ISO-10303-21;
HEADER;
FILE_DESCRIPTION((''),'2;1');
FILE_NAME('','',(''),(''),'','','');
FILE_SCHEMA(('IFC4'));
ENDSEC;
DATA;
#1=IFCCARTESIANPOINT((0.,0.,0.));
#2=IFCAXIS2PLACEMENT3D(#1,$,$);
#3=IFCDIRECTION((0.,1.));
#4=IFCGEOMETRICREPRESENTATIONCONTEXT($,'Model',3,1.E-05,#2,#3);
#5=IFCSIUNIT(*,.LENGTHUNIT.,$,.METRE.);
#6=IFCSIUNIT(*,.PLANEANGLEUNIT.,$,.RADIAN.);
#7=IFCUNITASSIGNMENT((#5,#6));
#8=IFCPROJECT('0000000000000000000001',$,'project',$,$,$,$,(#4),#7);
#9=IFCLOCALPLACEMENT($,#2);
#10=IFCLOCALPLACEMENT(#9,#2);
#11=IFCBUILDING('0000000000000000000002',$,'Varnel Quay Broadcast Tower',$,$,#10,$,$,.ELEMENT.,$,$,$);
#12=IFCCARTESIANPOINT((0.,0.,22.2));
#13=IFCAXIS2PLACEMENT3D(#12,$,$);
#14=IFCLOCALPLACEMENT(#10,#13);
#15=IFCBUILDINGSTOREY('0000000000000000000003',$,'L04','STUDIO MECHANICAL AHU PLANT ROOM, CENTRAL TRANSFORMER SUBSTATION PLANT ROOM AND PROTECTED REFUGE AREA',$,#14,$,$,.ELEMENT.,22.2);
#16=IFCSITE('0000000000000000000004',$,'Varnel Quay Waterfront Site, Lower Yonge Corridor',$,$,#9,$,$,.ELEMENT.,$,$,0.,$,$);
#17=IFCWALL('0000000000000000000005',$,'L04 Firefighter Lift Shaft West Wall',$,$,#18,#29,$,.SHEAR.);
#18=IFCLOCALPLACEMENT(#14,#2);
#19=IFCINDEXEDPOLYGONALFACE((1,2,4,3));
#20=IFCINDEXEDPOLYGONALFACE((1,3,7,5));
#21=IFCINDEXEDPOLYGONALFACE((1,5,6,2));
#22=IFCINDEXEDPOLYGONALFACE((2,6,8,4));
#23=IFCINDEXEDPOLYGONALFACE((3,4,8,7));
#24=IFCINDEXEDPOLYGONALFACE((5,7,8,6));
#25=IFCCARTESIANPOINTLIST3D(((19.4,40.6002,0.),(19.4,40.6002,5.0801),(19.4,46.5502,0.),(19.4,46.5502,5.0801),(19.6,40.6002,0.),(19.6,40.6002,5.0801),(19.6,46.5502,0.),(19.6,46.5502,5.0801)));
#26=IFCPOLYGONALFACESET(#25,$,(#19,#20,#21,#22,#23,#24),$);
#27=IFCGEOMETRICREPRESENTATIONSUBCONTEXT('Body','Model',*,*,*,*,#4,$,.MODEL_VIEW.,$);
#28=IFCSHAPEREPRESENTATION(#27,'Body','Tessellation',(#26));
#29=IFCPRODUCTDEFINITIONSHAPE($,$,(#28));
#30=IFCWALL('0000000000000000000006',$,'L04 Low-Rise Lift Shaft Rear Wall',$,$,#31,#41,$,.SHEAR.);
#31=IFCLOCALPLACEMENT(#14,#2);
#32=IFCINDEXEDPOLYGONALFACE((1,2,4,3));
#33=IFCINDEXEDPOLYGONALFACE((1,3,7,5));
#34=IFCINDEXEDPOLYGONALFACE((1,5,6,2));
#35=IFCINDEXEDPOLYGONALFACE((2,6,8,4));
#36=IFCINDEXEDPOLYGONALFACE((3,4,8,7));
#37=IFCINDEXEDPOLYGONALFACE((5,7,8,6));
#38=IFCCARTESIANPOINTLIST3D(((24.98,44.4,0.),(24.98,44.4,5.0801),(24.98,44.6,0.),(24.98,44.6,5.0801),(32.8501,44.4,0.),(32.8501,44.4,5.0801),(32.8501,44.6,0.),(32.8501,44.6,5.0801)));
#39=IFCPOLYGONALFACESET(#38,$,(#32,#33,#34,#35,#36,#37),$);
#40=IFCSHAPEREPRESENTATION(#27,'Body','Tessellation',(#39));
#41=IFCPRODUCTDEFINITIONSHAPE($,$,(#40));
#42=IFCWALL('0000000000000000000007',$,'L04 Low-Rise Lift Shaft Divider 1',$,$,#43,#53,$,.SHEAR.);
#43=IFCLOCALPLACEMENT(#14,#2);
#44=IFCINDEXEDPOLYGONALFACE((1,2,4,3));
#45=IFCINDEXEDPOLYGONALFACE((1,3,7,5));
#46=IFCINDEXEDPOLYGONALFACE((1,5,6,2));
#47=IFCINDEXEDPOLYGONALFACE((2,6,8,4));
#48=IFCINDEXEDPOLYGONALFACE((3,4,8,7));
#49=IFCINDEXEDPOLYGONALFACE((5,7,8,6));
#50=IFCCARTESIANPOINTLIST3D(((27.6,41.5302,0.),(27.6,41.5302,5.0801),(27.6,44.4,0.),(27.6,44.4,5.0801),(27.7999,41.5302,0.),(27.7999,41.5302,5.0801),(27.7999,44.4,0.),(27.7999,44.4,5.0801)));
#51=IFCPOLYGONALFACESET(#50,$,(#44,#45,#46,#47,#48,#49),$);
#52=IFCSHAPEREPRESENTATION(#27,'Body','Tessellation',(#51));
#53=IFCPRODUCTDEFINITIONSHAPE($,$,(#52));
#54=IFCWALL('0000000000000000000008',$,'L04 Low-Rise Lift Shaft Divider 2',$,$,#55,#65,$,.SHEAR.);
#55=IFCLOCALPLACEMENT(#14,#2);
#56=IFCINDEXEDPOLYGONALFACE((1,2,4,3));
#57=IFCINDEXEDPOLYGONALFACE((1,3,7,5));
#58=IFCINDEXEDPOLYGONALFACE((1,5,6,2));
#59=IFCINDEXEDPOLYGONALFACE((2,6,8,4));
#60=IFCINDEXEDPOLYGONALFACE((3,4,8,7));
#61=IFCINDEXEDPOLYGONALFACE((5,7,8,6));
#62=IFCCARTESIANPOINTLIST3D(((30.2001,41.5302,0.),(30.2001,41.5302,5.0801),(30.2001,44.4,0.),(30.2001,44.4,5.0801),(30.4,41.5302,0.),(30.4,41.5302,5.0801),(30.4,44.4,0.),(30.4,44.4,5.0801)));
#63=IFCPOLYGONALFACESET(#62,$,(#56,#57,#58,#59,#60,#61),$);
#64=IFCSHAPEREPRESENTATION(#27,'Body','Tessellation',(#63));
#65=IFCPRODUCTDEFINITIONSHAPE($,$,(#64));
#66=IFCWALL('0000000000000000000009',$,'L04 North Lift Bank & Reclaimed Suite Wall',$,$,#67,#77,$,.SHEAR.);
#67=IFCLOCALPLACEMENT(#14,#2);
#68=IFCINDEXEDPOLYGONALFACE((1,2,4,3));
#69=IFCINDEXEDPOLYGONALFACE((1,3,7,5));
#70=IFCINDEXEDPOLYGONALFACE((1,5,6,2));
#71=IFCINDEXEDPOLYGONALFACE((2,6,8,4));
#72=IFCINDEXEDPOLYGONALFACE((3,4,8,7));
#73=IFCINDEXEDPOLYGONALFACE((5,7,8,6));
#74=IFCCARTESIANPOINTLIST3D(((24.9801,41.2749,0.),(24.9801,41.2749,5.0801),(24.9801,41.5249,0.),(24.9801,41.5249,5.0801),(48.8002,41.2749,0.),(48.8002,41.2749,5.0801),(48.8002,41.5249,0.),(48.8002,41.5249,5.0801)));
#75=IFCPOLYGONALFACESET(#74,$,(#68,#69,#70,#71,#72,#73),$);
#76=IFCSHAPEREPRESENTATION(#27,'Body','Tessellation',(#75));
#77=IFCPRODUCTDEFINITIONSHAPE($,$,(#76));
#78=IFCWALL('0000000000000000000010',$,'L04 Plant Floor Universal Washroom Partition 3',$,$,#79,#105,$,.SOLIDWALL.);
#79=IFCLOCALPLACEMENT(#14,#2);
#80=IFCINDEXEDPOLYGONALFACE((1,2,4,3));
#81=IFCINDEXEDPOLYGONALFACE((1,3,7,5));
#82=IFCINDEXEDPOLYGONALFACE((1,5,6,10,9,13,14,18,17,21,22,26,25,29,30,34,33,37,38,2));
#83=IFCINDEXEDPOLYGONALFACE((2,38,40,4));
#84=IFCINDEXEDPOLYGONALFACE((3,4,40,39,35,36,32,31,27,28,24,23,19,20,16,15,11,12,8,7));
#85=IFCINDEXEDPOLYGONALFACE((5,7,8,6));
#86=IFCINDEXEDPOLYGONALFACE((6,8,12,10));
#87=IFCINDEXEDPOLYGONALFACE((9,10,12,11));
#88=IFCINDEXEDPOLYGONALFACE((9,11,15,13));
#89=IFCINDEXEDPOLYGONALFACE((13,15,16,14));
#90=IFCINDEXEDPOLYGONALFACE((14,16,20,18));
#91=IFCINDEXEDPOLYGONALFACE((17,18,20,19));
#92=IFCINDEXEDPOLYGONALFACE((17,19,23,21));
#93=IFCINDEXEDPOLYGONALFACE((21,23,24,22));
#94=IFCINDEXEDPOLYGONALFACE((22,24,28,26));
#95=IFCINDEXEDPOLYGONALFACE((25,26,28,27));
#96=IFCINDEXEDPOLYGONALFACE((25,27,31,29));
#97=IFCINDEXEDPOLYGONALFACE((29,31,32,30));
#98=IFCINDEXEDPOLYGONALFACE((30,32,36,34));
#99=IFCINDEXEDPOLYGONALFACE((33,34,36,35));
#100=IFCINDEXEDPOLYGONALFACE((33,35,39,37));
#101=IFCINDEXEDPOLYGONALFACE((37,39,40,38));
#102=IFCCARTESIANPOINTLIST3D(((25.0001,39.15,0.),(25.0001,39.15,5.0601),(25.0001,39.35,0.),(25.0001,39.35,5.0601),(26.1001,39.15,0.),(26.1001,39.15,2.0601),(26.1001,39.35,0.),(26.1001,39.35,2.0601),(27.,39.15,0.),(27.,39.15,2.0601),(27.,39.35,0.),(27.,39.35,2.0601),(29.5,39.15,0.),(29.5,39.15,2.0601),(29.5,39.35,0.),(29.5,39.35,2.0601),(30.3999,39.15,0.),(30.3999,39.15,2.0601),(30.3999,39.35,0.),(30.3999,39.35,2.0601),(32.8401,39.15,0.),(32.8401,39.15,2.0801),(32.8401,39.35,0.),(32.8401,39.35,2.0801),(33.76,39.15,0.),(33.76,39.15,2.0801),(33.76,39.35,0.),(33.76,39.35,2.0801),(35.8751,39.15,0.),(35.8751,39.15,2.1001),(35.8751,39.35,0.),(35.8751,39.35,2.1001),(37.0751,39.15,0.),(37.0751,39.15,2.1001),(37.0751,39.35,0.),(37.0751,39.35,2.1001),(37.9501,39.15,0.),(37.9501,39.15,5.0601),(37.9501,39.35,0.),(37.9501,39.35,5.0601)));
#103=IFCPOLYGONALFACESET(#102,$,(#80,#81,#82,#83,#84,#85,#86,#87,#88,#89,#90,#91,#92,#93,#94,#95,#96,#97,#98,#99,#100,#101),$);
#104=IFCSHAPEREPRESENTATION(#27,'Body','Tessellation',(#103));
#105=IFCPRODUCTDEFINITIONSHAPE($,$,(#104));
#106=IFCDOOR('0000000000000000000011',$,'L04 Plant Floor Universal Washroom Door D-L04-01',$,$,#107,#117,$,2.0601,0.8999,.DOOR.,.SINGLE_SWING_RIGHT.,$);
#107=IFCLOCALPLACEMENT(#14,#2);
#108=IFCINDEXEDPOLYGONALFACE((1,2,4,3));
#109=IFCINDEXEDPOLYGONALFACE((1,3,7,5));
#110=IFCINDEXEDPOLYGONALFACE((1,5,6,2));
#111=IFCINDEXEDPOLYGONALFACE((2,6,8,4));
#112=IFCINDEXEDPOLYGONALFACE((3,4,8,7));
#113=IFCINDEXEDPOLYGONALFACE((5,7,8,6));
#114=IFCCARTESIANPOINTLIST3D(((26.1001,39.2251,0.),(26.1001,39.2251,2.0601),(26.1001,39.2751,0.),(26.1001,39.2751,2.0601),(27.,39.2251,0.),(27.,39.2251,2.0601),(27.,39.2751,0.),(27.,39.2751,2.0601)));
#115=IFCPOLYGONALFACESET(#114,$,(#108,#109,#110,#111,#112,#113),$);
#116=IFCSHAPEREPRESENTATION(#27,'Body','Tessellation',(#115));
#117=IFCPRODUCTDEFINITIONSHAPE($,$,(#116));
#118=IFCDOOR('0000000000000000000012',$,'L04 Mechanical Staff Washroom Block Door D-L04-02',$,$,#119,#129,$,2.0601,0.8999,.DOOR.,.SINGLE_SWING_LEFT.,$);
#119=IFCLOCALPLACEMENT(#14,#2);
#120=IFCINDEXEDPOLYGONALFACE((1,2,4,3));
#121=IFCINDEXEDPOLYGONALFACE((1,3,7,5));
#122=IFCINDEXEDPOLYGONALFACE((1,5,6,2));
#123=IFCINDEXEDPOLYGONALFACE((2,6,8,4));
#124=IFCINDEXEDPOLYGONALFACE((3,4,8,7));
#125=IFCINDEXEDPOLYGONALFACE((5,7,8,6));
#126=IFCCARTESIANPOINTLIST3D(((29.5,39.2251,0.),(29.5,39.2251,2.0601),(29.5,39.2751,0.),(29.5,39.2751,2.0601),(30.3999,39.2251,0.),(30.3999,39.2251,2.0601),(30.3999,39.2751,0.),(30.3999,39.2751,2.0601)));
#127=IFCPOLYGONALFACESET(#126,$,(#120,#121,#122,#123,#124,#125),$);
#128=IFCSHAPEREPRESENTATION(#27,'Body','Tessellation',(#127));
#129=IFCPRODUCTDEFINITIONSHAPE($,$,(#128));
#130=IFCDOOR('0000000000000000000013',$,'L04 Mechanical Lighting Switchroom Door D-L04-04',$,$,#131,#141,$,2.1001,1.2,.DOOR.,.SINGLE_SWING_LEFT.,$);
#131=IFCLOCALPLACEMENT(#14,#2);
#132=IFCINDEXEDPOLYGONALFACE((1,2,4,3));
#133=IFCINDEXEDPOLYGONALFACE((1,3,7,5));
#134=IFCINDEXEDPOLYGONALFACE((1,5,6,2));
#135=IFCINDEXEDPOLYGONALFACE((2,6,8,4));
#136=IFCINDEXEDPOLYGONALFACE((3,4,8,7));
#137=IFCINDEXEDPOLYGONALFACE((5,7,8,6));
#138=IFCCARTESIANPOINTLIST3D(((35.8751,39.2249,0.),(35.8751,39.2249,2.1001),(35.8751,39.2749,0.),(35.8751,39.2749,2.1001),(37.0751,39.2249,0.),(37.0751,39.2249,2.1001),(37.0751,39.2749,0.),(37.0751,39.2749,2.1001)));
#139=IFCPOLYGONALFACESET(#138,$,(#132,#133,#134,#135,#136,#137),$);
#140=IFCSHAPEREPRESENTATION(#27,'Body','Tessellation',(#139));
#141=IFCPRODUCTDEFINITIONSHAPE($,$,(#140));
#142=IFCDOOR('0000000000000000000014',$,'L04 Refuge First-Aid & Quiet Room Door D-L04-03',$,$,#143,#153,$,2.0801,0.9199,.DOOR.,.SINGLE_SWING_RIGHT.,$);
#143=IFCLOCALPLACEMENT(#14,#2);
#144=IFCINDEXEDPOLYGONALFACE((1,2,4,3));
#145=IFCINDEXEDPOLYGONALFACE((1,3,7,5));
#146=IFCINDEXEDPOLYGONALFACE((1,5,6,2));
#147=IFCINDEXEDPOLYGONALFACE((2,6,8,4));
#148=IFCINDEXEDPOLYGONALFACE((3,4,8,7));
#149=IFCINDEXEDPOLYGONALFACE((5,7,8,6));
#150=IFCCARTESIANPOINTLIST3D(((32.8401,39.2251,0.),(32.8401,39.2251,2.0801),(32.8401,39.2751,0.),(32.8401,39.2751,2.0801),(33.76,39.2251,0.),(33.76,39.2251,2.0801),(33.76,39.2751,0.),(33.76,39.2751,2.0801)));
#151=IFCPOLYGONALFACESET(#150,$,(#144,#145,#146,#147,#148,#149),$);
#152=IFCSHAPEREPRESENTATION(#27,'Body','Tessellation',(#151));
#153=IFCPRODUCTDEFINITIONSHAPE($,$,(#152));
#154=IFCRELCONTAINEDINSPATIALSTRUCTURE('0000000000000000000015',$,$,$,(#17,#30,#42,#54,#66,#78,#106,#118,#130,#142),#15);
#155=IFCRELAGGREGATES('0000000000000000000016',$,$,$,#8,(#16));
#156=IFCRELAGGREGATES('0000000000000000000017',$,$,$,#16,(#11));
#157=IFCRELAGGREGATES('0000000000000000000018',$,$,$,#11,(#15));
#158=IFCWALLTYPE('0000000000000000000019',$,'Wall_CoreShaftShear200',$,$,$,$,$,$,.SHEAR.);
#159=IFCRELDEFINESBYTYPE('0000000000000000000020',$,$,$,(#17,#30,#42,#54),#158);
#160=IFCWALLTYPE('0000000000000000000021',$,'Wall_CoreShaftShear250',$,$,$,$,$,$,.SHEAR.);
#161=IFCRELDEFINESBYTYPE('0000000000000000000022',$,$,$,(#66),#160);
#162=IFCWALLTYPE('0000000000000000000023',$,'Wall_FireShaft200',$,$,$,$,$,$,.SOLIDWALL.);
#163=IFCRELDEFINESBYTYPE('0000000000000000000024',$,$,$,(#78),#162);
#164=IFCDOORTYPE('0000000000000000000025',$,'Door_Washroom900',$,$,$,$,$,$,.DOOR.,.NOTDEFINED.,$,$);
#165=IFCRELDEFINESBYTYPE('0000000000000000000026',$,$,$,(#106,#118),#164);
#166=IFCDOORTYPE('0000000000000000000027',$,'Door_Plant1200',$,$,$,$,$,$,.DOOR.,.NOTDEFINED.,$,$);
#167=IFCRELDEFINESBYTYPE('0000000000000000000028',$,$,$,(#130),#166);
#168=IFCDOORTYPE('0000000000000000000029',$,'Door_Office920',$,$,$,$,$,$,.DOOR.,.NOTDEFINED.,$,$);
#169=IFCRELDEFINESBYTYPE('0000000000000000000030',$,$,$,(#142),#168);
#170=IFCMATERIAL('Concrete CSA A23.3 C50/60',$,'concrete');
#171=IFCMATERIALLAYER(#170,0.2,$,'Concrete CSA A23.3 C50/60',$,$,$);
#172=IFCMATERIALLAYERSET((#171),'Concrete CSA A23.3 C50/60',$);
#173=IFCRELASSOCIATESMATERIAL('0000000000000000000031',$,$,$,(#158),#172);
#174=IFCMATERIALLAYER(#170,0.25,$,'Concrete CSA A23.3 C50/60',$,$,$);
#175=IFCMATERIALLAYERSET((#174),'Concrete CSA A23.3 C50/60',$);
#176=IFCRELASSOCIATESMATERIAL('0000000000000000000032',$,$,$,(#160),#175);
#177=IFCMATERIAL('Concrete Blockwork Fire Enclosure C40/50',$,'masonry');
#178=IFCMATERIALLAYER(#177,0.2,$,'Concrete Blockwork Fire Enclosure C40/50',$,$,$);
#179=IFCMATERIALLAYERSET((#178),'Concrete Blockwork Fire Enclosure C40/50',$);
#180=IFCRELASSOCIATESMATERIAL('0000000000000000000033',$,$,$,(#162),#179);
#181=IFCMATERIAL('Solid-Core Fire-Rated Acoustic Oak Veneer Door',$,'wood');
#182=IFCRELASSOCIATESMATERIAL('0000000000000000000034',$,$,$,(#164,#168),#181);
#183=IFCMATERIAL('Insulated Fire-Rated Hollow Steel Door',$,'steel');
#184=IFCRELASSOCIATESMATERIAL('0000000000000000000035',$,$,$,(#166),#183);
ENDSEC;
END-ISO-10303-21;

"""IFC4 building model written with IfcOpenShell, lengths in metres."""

from ifc_helpers import new_model, si_unit, direction, frame, frame_2d, origin, place, context, subcontext, project, spatial, rectangle, extrude, source, transform, mapped, material, layer, layer_set, type_object, type_shapes, element, fill, save


model = new_model("IFC4")

# Units and contexts
model_context = context("Model", 3, precision=1e-05, world=origin(), true_north=direction((0.0, 1.0)))
body_context = subcontext(model_context, "Body", "Model", "MODEL_VIEW")
ifc_project = project(units=[si_unit("LENGTHUNIT", "METRE"), si_unit("PLANEANGLEUNIT", "RADIAN")], contexts=[model_context])

# Site, building, storey
site_placement = place(None, origin())
site = spatial("IfcSite", under=ifc_project, at=site_placement, Name="Varnel Quay Waterfront Site, Lower Yonge Corridor", CompositionType="ELEMENT", RefElevation=0.0)
building_placement = place(site_placement, origin())
building = spatial("IfcBuilding", under=site, at=building_placement, Name="Varnel Quay Broadcast Tower", CompositionType="ELEMENT")
storey_placement = place(building_placement, frame((0.0, 0.0, 22.2)))
storey = spatial("IfcBuildingStorey", under=building, at=storey_placement, Name="L04", Description="STUDIO MECHANICAL AHU PLANT ROOM, CENTRAL TRANSFORMER SUBSTATION PLANT ROOM AND PROTECTED REFUGE AREA", CompositionType="ELEMENT", Elevation=22.2)

# Shared definitions
ifc_material_1 = material(Name="Concrete CSA A23.3 C50/60", Category="concrete")
ifc_layer_1 = layer(ifc_material_1, 0.2, Name="Concrete CSA A23.3 C50/60")
ifc_layer_set_1 = layer_set([ifc_layer_1], Name="Concrete CSA A23.3 C50/60")
wall_type_1 = type_object("IfcWallType", Name="Wall_CoreShaftShear200", PredefinedType="SHEAR", material=ifc_layer_set_1)

# Walls
wall_1_placement = place(storey_placement, frame((19.5, 40.6001, 0.0), z_axis=(0.0, 0.0, 1.0), x_axis=(0.0, 1.0, 0.0)))
element("IfcWall", 1, at=wall_1_placement, inside=storey, type_object=wall_type_1, Name="L04 Firefighter Lift Shaft West Wall", PredefinedType="SHEAR", context=body_context, shape_type="SweptSolid", body=[
    extrude(rectangle(XDim=5.95, YDim=0.2, at=frame_2d((2.9751, 0.0))), origin(), (0.0, 0.0, 1.0), 5.0801),
])
wall_2_placement = place(storey_placement, frame((24.98, 44.5, 0.0), z_axis=(0.0, 0.0, 1.0), x_axis=(1.0, 0.0, 0.0)))
element("IfcWall", 2, at=wall_2_placement, inside=storey, type_object=wall_type_1, Name="L04 Low-Rise Lift Shaft Rear Wall", PredefinedType="SHEAR", context=body_context, shape_type="SweptSolid", body=[
    extrude(rectangle(XDim=7.8701, YDim=0.2, at=frame_2d((3.9351, 0.0))), origin(), (0.0, 0.0, 1.0), 5.0801),
])
for number, where, z_axis, x_axis, name in (
    (3, (27.7, 41.53, 0.0), (0.0, 0.0, 1.0), (0.0, 1.0, 0.0), "L04 Low-Rise Lift Shaft Divider 1"),
    (4, (30.3, 41.53, 0.0), (0.0, 0.0, 1.0), (0.0, 1.0, 0.0), "L04 Low-Rise Lift Shaft Divider 2"),
):
    element("IfcWall", number, at=place(storey_placement, frame(where, z_axis=z_axis, x_axis=x_axis)), inside=storey, type_object=wall_type_1, Name=name, PredefinedType="SHEAR", context=body_context, shape_type="SweptSolid", body=[
        extrude(rectangle(XDim=2.8699, YDim=0.2, at=frame_2d((1.4351, 0.0))), origin(), (0.0, 0.0, 1.0), 5.0801),
    ])
ifc_layer_2 = layer(ifc_material_1, 0.25, Name="Concrete CSA A23.3 C50/60")
ifc_layer_set_2 = layer_set([ifc_layer_2], Name="Concrete CSA A23.3 C50/60")
wall_type_2 = type_object("IfcWallType", Name="Wall_CoreShaftShear250", PredefinedType="SHEAR", material=ifc_layer_set_2)
wall_3_placement = place(storey_placement, frame((24.98, 41.3999, 0.0), z_axis=(0.0, 0.0, 1.0), x_axis=(1.0, 0.0, 0.0)))
element("IfcWall", 5, at=wall_3_placement, inside=storey, type_object=wall_type_2, Name="L04 North Lift Bank & Reclaimed Suite Wall", PredefinedType="SHEAR", context=body_context, shape_type="SweptSolid", body=[
    extrude(rectangle(XDim=23.8201, YDim=0.25, at=frame_2d((11.9102, 0.0))), origin(), (0.0, 0.0, 1.0), 5.0801),
])

# Wall, openings, doors
ifc_material_2 = material(Name="Concrete Blockwork Fire Enclosure C40/50", Category="masonry")
ifc_layer_3 = layer(ifc_material_2, 0.2, Name="Concrete Blockwork Fire Enclosure C40/50")
ifc_layer_set_3 = layer_set([ifc_layer_3], Name="Concrete Blockwork Fire Enclosure C40/50")
wall_type_3 = type_object("IfcWallType", Name="Wall_FireShaft200", PredefinedType="SOLIDWALL", material=ifc_layer_set_3)
wall_4_placement = place(storey_placement, frame((25.0, 39.25, 0.0), z_axis=(0.0, 0.0, 1.0), x_axis=(1.0, 0.0, 0.0)))
wall_4 = element("IfcWall", 6, at=wall_4_placement, inside=storey, type_object=wall_type_3, Name="L04 Plant Floor Universal Washroom Partition 3", PredefinedType="SOLIDWALL", context=body_context, shape_type="SweptSolid", body=[
    extrude(rectangle(XDim=12.95, YDim=0.2, at=frame_2d((6.4751, 0.0))), origin(), (0.0, 0.0, 1.0), 5.0601),
])
opening_1_placement = place(wall_4_placement, frame((1.1001, 0.0, 0.0)))
opening_1 = element("IfcOpeningElement", 7, at=opening_1_placement, cuts=wall_4, PredefinedType="OPENING", context=body_context, shape_type="SweptSolid", body=[
    extrude(rectangle(XDim=0.8999, YDim=2.0601, at=frame_2d((0.45, 1.03))), frame((0.0, 0.1099, 0.0), z_axis=(0.0, -1.0, 0.0), x_axis=(1.0, 0.0, 0.0)), (0.0, 0.0, 1.0), 0.22),
])
opening_2_placement = place(wall_4_placement, frame((4.5, 0.0, 0.0)))
opening_2 = element("IfcOpeningElement", 8, at=opening_2_placement, cuts=wall_4, PredefinedType="OPENING", context=body_context, shape_type="SweptSolid", body=[
    extrude(rectangle(XDim=0.8999, YDim=2.0601, at=frame_2d((0.45, 1.03))), frame((0.0, 0.1099, 0.0), z_axis=(0.0, -1.0, 0.0), x_axis=(1.0, 0.0, 0.0)), (0.0, 0.0, 1.0), 0.22),
])
opening_3_placement = place(wall_4_placement, frame((7.8401, 0.0, 0.0)))
opening_3 = element("IfcOpeningElement", 9, at=opening_3_placement, cuts=wall_4, PredefinedType="OPENING", context=body_context, shape_type="SweptSolid", body=[
    extrude(rectangle(XDim=0.9199, YDim=2.0801, at=frame_2d((0.46, 1.04))), frame((0.0, 0.1099, 0.0), z_axis=(0.0, -1.0, 0.0), x_axis=(1.0, 0.0, 0.0)), (0.0, 0.0, 1.0), 0.22),
])
opening_4_placement = place(wall_4_placement, frame((10.875, 0.0, 0.0)))
opening_4 = element("IfcOpeningElement", 10, at=opening_4_placement, cuts=wall_4, PredefinedType="OPENING", context=body_context, shape_type="SweptSolid", body=[
    extrude(rectangle(XDim=1.2, YDim=2.1001, at=frame_2d((0.6001, 1.05))), frame((0.0, 0.1099, 0.0), z_axis=(0.0, -1.0, 0.0), x_axis=(1.0, 0.0, 0.0)), (0.0, 0.0, 1.0), 0.22),
])
ifc_material_3 = material(Name="Solid-Core Fire-Rated Acoustic Oak Veneer Door", Category="wood")
door_type_1 = type_object("IfcDoorType", Name="Door_Washroom900", OperationType="NOTDEFINED", PredefinedType="DOOR", material=ifc_material_3)
shared_shape_1 = source(origin(), body_context, "Body", "SweptSolid", [
    extrude(rectangle(XDim=0.8999, YDim=2.0601, at=frame_2d((0.45, 1.03))), frame((0.0, 0.0249, 0.0), z_axis=(0.0, -1.0, 0.0), x_axis=(1.0, 0.0, 0.0)), (0.0, 0.0, 1.0), 0.05),
])
type_shapes(door_type_1, [shared_shape_1])
door_1_placement = place(opening_1_placement, frame((0.8999, 0.0, 0.0), z_axis=(0.0, 0.0, 1.0), x_axis=(-1.0, 0.0, 0.0)))
door_1 = element("IfcDoor", 11, at=door_1_placement, inside=storey, type_object=door_type_1, Name="L04 Plant Floor Universal Washroom Door D-L04-01", OperationType="SINGLE_SWING_RIGHT", OverallHeight=2.0601, OverallWidth=0.8999, PredefinedType="DOOR", context=body_context, shape_type="MappedRepresentation", body=[
    mapped(shared_shape_1, transform((0.0, 0.0, 0.0), x_axis=(1.0, 0.0, 0.0), y_axis=(0.0, 1.0, 0.0), z_axis=(0.0, 0.0, 1.0), scale=1.0)),
])
fill(opening_1, door_1)
door_2_placement = place(opening_2_placement, frame((0.8999, 0.0, 0.0), z_axis=(0.0, 0.0, 1.0), x_axis=(-1.0, 0.0, 0.0)))
door_2 = element("IfcDoor", 12, at=door_2_placement, inside=storey, type_object=door_type_1, Name="L04 Mechanical Staff Washroom Block Door D-L04-02", OperationType="SINGLE_SWING_LEFT", OverallHeight=2.0601, OverallWidth=0.8999, PredefinedType="DOOR", context=body_context, shape_type="MappedRepresentation", body=[
    mapped(shared_shape_1, transform((0.0, 0.0, 0.0), x_axis=(1.0, 0.0, 0.0), y_axis=(0.0, 1.0, 0.0), z_axis=(0.0, 0.0, 1.0), scale=1.0)),
])
fill(opening_2, door_2)
ifc_material_4 = material(Name="Insulated Fire-Rated Hollow Steel Door", Category="steel")
door_type_2 = type_object("IfcDoorType", Name="Door_Plant1200", OperationType="NOTDEFINED", PredefinedType="DOOR", material=ifc_material_4)
shared_shape_2 = source(origin(), body_context, "Body", "SweptSolid", [
    extrude(rectangle(XDim=1.2, YDim=2.1001, at=frame_2d((0.6001, 1.05))), frame((0.0, 0.0249, 0.0), z_axis=(0.0, -1.0, 0.0), x_axis=(1.0, 0.0, 0.0)), (0.0, 0.0, 1.0), 0.05),
])
type_shapes(door_type_2, [shared_shape_2])
door_3_placement = place(opening_4_placement, origin())
door_3 = element("IfcDoor", 13, at=door_3_placement, inside=storey, type_object=door_type_2, Name="L04 Mechanical Lighting Switchroom Door D-L04-04", OperationType="SINGLE_SWING_LEFT", OverallHeight=2.1001, OverallWidth=1.2, PredefinedType="DOOR", context=body_context, shape_type="MappedRepresentation", body=[
    mapped(shared_shape_2, transform((0.0, 0.0, 0.0), x_axis=(1.0, 0.0, 0.0), y_axis=(0.0, 1.0, 0.0), z_axis=(0.0, 0.0, 1.0), scale=1.0)),
])
fill(opening_4, door_3)
door_type_3 = type_object("IfcDoorType", Name="Door_Office920", OperationType="NOTDEFINED", PredefinedType="DOOR", material=ifc_material_3)
shared_shape_3 = source(origin(), body_context, "Body", "SweptSolid", [
    extrude(rectangle(XDim=0.9199, YDim=2.0801, at=frame_2d((0.46, 1.04))), frame((0.0, 0.0249, 0.0), z_axis=(0.0, -1.0, 0.0), x_axis=(1.0, 0.0, 0.0)), (0.0, 0.0, 1.0), 0.05),
])
type_shapes(door_type_3, [shared_shape_3])
door_4_placement = place(opening_3_placement, frame((0.9199, 0.0, 0.0), z_axis=(0.0, 0.0, 1.0), x_axis=(-1.0, 0.0, 0.0)))
door_4 = element("IfcDoor", 14, at=door_4_placement, inside=storey, type_object=door_type_3, Name="L04 Refuge First-Aid & Quiet Room Door D-L04-03", OperationType="SINGLE_SWING_RIGHT", OverallHeight=2.0801, OverallWidth=0.9199, PredefinedType="DOOR", context=body_context, shape_type="MappedRepresentation", body=[
    mapped(shared_shape_3, transform((0.0, 0.0, 0.0), x_axis=(1.0, 0.0, 0.0), y_axis=(0.0, 1.0, 0.0), z_axis=(0.0, 0.0, 1.0), scale=1.0)),
])
fill(opening_3, door_4)

save(model, "model.ifc")
